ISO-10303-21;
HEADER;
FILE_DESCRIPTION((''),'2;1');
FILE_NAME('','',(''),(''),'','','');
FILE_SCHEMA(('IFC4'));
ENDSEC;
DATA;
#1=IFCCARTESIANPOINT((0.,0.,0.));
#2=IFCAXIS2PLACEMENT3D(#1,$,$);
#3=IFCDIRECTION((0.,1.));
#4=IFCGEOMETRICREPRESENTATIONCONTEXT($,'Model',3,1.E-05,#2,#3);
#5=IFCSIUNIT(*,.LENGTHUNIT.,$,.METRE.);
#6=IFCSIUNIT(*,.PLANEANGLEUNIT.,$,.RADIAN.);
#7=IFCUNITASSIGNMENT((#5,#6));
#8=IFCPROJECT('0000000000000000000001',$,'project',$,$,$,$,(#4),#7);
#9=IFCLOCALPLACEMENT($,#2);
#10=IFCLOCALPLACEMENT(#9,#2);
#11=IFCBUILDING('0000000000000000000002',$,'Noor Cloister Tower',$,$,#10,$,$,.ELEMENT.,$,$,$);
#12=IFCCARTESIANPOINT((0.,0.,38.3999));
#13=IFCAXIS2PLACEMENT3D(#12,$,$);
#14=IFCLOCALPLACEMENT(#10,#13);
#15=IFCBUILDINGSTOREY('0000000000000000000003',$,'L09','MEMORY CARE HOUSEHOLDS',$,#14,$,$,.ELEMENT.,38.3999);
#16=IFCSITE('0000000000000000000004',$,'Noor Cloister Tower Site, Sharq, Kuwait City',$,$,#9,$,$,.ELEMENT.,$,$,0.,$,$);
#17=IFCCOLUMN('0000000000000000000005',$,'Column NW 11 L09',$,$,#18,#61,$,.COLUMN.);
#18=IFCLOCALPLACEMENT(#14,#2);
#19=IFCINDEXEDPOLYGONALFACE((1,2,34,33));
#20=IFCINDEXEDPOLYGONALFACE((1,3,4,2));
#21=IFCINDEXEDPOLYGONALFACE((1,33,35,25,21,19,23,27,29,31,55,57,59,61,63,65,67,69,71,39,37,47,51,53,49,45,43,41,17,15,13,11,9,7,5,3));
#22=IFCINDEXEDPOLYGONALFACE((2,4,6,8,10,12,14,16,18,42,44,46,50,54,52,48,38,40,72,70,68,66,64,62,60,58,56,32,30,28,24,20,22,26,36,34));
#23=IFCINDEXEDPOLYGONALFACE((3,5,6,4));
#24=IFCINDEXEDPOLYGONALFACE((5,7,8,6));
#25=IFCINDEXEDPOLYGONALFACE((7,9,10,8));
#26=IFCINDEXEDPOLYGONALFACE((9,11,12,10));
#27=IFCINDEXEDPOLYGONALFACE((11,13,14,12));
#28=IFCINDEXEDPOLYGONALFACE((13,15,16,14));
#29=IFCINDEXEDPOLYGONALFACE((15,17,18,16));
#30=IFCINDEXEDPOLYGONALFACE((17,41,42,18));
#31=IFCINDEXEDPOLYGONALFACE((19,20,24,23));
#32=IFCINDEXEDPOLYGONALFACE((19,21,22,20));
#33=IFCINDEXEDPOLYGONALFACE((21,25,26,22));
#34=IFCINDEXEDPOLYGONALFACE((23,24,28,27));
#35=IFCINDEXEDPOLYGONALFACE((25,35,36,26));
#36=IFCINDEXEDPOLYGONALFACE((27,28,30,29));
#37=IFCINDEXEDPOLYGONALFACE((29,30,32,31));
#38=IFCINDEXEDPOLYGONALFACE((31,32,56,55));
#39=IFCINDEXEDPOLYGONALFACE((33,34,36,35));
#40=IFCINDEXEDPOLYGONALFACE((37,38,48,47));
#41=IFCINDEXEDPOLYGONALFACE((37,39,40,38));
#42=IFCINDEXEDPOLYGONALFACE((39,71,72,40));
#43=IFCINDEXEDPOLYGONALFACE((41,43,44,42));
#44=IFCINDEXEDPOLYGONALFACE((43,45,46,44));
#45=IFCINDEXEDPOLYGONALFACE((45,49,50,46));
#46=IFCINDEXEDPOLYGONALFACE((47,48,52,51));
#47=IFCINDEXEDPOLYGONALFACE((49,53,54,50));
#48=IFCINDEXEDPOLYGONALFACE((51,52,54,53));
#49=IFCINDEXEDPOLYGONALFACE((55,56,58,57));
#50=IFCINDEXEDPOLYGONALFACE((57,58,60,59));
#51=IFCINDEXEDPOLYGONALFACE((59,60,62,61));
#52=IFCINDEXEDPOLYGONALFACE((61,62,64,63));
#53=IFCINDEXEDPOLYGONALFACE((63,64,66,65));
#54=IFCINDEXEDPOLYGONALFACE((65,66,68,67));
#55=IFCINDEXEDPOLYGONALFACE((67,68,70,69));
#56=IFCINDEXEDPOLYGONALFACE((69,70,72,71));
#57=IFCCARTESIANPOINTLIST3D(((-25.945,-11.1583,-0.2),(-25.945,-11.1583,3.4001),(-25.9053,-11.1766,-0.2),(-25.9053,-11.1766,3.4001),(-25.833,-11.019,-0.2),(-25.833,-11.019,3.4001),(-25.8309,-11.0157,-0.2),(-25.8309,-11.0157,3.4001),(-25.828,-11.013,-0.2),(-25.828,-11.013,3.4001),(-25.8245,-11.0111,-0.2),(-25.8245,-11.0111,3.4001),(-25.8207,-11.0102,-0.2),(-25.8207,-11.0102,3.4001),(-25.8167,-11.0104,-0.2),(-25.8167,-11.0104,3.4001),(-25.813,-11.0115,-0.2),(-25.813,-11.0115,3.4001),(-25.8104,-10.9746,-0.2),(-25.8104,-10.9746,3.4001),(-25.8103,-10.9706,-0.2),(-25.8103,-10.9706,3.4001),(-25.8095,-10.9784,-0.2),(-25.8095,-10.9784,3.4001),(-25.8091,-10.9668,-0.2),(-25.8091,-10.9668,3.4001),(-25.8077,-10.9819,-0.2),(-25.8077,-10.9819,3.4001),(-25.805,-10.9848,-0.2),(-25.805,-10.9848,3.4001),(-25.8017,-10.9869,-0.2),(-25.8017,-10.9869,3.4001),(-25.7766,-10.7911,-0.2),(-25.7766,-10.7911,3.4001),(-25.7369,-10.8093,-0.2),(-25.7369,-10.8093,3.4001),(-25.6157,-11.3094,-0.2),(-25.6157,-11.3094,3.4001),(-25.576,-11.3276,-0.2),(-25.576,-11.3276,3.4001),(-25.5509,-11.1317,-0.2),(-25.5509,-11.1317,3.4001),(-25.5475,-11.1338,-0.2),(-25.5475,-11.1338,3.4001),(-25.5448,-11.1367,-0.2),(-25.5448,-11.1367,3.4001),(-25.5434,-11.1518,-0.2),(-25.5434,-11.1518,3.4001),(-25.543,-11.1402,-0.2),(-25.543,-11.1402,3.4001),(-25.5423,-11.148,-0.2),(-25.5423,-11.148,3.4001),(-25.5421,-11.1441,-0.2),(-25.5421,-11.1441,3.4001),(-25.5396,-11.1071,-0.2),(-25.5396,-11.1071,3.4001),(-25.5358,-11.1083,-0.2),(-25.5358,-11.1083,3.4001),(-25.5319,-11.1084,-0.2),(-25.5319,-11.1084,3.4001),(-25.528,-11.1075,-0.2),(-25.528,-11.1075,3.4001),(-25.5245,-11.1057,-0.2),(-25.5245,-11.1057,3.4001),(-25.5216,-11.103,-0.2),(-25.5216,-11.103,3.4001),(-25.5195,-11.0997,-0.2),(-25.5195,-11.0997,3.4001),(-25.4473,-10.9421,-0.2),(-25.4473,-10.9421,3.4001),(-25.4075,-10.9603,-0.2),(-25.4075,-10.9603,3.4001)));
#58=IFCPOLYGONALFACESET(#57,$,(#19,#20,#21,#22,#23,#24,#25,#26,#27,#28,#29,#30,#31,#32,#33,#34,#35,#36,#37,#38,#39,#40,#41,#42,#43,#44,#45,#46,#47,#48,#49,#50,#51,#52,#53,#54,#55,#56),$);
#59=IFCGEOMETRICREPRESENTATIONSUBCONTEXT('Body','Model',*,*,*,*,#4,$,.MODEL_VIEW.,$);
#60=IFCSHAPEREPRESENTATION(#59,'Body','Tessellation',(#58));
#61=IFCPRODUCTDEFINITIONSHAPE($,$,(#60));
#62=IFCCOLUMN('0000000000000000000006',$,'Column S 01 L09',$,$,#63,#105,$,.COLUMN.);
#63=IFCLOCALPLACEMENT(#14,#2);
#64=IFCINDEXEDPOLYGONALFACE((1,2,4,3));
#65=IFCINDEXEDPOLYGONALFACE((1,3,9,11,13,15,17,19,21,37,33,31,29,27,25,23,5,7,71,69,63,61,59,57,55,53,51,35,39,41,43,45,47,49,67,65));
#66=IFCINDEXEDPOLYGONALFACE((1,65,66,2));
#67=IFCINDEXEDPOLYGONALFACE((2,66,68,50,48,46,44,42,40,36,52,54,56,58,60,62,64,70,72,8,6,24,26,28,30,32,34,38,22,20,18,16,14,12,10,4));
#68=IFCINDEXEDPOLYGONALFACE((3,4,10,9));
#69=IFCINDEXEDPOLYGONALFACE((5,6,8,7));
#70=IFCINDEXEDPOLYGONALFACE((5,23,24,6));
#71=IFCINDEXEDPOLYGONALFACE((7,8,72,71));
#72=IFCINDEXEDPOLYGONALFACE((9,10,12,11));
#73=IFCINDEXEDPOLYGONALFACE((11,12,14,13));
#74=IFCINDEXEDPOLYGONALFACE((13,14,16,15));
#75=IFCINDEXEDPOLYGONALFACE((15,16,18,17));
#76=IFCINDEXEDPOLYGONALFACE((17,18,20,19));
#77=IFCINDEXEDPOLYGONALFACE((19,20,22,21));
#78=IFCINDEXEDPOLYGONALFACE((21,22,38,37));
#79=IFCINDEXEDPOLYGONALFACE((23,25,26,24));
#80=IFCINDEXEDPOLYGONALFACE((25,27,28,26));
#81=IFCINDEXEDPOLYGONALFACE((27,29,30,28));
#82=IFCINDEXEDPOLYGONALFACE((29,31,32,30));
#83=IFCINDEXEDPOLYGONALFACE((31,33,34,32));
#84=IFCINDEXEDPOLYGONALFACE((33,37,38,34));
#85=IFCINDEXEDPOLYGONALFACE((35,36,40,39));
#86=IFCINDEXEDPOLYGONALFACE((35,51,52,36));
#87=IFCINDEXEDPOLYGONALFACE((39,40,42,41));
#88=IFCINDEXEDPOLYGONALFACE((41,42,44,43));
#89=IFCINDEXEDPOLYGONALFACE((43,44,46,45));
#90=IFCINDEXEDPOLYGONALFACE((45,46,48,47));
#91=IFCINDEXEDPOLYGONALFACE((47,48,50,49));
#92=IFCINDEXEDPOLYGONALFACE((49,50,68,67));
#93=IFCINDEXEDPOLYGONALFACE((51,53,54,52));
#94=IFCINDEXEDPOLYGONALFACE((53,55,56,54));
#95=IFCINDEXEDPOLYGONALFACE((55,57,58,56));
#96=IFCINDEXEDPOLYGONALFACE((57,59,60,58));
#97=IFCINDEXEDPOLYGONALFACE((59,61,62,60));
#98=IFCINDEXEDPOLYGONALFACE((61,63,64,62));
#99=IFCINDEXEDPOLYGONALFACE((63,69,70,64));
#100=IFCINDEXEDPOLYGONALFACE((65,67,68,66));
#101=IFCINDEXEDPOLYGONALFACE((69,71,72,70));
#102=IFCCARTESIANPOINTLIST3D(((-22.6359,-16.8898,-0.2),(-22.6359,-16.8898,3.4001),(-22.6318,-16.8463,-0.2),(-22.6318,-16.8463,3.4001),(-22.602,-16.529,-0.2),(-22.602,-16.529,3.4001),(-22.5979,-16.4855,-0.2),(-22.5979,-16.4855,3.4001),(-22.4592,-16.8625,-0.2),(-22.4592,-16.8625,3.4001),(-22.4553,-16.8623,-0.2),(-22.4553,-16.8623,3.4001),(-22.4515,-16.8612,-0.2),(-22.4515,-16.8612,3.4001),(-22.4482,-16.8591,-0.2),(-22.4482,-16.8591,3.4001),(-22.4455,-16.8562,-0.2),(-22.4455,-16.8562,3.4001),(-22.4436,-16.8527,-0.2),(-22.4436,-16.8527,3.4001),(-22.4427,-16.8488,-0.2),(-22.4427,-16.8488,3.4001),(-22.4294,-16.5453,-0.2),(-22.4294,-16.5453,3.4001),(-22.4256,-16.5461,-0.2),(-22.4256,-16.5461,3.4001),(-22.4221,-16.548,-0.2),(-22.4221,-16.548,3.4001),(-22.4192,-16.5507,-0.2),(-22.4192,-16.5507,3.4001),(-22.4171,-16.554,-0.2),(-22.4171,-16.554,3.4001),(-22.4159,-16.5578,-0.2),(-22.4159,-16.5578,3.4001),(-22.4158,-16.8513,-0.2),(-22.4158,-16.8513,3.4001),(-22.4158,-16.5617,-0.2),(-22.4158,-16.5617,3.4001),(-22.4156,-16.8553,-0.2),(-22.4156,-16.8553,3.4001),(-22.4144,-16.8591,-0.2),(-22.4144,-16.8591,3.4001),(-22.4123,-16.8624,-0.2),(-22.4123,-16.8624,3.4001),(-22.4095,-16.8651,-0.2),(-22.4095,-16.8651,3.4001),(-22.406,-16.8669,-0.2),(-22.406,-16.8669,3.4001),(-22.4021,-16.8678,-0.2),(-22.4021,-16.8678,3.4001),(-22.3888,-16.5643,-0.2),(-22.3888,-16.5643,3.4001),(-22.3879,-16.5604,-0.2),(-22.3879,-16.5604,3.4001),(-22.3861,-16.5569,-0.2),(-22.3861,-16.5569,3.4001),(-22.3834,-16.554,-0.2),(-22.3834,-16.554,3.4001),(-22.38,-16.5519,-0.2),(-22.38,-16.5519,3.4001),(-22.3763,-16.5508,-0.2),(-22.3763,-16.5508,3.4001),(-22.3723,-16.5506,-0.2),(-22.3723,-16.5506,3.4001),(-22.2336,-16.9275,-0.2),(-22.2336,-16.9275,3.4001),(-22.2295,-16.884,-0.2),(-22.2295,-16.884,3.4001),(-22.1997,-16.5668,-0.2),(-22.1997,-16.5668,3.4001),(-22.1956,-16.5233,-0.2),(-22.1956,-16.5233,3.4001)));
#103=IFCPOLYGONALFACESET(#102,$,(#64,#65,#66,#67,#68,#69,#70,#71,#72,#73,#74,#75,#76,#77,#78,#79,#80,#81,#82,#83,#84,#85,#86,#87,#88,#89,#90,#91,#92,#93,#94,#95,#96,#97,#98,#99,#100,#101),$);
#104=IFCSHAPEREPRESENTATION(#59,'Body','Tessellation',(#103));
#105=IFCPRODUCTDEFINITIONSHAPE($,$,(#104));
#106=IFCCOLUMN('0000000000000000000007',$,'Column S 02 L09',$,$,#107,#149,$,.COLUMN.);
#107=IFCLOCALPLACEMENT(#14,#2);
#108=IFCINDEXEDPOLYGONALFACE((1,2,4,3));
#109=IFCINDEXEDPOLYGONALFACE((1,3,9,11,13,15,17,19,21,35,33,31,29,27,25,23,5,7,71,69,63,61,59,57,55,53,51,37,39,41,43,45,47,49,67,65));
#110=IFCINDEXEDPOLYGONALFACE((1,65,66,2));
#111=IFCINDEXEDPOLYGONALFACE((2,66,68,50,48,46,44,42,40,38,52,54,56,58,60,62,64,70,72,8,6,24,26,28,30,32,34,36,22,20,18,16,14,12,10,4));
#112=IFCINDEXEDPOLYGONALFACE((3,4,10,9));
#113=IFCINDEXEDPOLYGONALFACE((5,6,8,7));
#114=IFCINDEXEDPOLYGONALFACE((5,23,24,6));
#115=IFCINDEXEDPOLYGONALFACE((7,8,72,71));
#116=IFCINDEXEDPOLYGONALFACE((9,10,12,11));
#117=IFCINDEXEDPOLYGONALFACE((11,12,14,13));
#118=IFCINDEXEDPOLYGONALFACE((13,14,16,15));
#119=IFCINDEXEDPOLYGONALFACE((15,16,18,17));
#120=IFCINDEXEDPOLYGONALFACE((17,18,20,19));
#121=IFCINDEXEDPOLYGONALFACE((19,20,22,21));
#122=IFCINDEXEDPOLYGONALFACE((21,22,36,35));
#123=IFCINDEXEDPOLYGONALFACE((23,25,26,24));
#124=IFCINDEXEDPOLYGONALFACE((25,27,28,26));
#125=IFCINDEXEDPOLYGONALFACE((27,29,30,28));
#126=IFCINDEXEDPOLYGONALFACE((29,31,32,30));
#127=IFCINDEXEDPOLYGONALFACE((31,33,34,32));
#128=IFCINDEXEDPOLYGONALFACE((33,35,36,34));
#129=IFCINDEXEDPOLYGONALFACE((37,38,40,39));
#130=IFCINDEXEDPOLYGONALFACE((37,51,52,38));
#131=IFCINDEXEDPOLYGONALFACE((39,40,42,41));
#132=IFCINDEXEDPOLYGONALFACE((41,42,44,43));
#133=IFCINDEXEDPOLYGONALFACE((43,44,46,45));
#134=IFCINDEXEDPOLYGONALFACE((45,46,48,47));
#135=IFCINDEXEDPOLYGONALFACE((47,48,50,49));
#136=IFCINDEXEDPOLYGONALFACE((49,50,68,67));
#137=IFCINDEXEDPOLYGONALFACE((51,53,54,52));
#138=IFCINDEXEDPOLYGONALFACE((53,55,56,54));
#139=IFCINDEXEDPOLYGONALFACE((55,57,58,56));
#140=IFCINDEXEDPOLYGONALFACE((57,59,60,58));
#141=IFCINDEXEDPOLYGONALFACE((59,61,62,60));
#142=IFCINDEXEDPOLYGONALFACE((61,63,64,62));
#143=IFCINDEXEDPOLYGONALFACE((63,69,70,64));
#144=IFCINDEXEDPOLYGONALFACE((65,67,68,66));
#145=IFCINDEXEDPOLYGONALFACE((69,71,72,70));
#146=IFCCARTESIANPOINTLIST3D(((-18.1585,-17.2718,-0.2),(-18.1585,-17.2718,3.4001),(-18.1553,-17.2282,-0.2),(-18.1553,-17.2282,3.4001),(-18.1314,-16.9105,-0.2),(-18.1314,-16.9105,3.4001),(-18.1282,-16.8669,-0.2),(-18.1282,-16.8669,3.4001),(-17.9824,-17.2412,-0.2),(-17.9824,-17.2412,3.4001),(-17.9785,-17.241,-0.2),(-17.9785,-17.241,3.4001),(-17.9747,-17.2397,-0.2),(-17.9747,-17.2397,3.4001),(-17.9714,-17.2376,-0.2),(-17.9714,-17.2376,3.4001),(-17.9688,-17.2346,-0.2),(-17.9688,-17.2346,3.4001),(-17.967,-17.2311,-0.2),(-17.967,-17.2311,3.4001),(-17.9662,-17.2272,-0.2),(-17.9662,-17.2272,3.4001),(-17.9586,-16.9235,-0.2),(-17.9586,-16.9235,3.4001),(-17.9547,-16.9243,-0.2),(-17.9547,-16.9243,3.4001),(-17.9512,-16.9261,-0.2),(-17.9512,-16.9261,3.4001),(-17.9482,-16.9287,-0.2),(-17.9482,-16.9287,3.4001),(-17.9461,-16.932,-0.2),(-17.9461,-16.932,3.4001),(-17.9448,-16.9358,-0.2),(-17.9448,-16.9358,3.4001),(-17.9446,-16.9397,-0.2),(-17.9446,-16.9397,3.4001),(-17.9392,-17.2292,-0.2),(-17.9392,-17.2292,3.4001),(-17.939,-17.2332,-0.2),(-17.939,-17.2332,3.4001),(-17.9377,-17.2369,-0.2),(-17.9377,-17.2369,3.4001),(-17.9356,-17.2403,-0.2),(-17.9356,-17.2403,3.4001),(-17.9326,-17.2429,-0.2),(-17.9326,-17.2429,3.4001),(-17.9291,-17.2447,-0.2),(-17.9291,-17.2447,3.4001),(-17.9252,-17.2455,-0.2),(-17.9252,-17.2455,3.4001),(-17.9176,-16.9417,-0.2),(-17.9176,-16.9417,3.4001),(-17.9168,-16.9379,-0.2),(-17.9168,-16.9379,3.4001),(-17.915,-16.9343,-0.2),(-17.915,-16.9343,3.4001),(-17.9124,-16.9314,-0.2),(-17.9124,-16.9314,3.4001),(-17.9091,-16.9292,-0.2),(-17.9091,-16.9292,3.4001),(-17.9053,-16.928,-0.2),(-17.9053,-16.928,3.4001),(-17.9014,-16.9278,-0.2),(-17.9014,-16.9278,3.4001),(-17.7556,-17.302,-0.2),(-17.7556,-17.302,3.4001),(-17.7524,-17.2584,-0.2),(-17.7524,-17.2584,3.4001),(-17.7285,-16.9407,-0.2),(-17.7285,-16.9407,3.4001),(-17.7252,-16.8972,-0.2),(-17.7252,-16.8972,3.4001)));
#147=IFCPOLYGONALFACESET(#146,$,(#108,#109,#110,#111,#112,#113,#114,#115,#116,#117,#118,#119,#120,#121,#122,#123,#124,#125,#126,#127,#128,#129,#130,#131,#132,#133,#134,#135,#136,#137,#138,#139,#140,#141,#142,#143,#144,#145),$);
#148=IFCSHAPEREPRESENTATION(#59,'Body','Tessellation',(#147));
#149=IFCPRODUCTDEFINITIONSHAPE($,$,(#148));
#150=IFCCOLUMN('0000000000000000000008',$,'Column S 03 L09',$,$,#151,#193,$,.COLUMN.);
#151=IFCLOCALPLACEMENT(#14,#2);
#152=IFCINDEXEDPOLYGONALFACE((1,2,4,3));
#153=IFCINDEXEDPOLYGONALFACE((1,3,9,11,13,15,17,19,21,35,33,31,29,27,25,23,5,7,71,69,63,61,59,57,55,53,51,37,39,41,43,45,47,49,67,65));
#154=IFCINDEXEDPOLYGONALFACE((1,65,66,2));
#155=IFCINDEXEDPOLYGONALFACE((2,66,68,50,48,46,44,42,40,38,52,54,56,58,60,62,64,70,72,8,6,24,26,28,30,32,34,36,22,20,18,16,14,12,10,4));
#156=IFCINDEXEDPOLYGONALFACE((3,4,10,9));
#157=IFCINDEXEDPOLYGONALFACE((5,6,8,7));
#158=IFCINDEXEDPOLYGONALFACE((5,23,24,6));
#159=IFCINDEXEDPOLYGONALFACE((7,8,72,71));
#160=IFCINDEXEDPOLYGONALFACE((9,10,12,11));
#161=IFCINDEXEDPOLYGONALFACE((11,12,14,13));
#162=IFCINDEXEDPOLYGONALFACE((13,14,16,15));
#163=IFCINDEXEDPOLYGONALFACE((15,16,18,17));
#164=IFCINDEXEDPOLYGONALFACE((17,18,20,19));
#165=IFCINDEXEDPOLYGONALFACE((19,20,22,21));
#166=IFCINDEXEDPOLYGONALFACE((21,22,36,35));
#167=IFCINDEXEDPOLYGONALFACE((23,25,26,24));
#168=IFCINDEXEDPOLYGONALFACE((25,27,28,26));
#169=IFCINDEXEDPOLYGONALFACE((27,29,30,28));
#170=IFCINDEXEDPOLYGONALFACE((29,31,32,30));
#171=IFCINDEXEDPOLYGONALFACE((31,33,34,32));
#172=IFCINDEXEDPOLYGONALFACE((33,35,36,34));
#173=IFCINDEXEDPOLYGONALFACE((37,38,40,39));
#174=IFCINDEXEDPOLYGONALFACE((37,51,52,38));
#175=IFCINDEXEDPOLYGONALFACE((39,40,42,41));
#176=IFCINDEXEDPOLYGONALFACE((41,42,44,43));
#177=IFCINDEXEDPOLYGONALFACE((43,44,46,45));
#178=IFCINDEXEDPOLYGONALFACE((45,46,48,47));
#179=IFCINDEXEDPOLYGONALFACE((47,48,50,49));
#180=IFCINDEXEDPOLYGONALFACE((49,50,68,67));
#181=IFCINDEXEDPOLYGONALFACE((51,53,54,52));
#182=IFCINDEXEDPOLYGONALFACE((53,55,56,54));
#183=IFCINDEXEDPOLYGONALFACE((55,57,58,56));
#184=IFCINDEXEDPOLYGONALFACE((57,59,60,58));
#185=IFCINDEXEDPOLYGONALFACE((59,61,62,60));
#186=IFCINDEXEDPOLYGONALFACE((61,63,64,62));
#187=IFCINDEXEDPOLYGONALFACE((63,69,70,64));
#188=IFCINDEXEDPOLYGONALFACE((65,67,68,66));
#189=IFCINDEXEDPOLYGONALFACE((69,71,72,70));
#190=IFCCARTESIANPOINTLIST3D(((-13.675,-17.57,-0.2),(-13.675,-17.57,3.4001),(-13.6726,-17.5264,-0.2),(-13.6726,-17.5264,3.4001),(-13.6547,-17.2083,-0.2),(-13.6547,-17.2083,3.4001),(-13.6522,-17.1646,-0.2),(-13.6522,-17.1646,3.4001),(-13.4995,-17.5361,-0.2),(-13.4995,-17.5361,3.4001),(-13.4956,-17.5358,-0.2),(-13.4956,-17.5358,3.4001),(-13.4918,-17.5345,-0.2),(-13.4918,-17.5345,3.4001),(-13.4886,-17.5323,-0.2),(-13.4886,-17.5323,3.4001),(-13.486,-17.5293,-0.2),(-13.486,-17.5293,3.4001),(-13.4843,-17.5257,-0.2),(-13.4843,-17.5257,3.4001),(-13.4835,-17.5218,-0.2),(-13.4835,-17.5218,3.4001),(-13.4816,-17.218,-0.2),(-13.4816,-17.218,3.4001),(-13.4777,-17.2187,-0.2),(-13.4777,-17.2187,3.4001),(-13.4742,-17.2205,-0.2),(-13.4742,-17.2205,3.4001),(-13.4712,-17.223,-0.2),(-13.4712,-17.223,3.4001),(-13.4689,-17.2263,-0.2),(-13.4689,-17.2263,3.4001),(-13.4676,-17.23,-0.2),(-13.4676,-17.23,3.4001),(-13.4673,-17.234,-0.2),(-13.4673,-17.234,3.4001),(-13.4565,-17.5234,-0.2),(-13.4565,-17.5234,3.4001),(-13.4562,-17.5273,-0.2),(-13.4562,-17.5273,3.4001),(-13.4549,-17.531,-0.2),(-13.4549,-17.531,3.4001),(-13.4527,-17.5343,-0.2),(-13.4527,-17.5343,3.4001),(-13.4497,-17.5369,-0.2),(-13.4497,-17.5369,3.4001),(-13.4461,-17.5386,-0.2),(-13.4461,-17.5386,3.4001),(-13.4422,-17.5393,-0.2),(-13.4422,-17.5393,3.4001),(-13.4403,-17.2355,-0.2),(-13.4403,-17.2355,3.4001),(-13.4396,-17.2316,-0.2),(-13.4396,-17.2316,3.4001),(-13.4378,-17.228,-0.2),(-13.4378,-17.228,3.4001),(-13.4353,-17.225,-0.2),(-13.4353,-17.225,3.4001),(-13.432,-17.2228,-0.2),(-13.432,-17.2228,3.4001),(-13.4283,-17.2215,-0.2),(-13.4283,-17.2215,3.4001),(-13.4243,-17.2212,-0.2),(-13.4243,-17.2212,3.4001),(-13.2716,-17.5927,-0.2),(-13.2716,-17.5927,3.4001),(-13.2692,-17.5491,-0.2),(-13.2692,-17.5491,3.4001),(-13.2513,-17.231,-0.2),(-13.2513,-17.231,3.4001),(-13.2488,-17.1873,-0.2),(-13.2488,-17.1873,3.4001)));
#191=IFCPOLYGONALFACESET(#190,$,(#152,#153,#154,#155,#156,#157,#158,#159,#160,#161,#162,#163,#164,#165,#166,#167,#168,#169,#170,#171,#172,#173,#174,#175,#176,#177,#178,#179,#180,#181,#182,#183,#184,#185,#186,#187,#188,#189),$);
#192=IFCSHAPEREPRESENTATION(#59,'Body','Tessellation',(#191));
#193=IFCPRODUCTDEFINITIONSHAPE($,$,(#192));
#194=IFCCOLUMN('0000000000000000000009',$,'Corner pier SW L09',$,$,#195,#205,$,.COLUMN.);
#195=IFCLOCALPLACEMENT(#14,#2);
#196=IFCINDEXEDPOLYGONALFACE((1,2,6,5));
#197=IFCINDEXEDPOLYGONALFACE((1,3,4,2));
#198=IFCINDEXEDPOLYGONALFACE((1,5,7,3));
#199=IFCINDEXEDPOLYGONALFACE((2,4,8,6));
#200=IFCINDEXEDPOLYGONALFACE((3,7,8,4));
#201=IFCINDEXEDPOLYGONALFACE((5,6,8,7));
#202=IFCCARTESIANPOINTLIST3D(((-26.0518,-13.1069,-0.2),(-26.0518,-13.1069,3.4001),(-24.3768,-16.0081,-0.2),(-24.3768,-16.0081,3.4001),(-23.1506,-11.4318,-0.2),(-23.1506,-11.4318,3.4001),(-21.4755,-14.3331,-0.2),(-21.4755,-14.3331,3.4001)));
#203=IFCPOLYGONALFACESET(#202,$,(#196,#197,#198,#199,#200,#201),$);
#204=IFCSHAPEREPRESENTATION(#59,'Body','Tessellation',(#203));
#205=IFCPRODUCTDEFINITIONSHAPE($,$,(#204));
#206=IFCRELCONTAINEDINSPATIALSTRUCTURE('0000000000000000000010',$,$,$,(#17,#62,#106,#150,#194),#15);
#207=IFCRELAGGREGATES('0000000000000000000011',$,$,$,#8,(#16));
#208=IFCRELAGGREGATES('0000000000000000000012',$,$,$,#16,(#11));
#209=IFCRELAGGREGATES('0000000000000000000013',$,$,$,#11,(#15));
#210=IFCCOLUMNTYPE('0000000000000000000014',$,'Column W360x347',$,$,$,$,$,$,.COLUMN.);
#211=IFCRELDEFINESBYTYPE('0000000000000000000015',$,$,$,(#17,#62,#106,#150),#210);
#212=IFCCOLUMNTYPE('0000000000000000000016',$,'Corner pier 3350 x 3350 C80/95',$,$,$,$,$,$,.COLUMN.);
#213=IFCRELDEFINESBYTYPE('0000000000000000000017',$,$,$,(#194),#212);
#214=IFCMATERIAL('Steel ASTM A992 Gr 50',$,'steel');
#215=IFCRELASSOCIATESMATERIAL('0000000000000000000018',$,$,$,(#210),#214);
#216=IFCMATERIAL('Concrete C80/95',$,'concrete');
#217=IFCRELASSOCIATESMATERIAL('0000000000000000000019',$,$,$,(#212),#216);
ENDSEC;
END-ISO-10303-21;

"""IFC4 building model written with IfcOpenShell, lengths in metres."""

from ifc_helpers import new_model, si_unit, direction, frame, origin, origin_2d, place, context, subcontext, project, spatial, rectangle, i_section, extrude, material, material_profile, profile_set, type_object, element, save


model = new_model("IFC4")

# Units and contexts
model_context = context("Model", 3, precision=1e-05, world=origin(), true_north=direction((0.0, 1.0)))
body_context = subcontext(model_context, "Body", "Model", "MODEL_VIEW")
ifc_project = project(units=[si_unit("LENGTHUNIT", "METRE"), si_unit("PLANEANGLEUNIT", "RADIAN")], contexts=[model_context])

# Site, building, storey
site_placement = place(None, origin())
site = spatial("IfcSite", under=ifc_project, at=site_placement, Name="Noor Cloister Tower Site, Sharq, Kuwait City", CompositionType="ELEMENT", RefElevation=0.0)
building_placement = place(site_placement, origin())
building = spatial("IfcBuilding", under=site, at=building_placement, Name="Noor Cloister Tower", CompositionType="ELEMENT")
storey_placement = place(building_placement, frame((0.0, 0.0, 38.3999)))
storey = spatial("IfcBuildingStorey", under=building, at=storey_placement, Name="L09", Description="MEMORY CARE HOUSEHOLDS", CompositionType="ELEMENT", Elevation=38.3999)

# Columns
ifc_material_1 = material(Name="Steel ASTM A992 Gr 50", Category="steel")
ifc_material_profile_1 = material_profile(ifc_material_1, i_section(OverallWidth=0.4041, OverallDepth=0.406, WebThickness=0.0271, FlangeThickness=0.0437, FilletRadius=0.0151, at=origin_2d()), Name="W360x347")
ifc_profile_set_1 = profile_set([ifc_material_profile_1], Name="Steel ASTM A992 Gr 50")
column_type_1 = type_object("IfcColumnType", Name="Column W360x347", PredefinedType="COLUMN", material=ifc_profile_set_1)
for number, where, z_axis, x_axis, name in (
    (1, (-25.6763, -11.0593, -0.2), (0.0, 0.0, 1.0), (-0.416836, -0.908982, 0.0), "Column NW 11 L09"),
    (2, (-22.4158, -16.7065, -0.2), (0.0, 0.0, 1.0), (0.995619, -0.0935, 0.0), "Column S 01 L09"),
    (3, (-17.9419, -17.0845, -0.2), (0.0, 0.0, 1.0), (0.997196, -0.07484, 0.0), "Column S 02 L09"),
    (4, (-13.4619, -17.3787, -0.2), (0.0, 0.0, 1.0), (0.998422, -0.056153, 0.0), "Column S 03 L09"),
):
    element("IfcColumn", number, at=place(storey_placement, frame(where, z_axis=z_axis, x_axis=x_axis)), inside=storey, type_object=column_type_1, Name=name, PredefinedType="COLUMN", context=body_context, shape_type="SweptSolid", body=[
        extrude(i_section(OverallWidth=0.4041, OverallDepth=0.406, WebThickness=0.0271, FlangeThickness=0.0437, FilletRadius=0.0151, at=origin_2d()), origin(), (0.0, 0.0, 1.0), 3.6001),
    ])
ifc_material_2 = material(Name="Concrete C80/95", Category="concrete")
ifc_material_profile_2 = material_profile(ifc_material_2, rectangle(XDim=3.3501, YDim=3.3501, at=origin_2d()), Name="RC 3350x3350")
ifc_profile_set_2 = profile_set([ifc_material_profile_2], Name="Concrete C80/95")
column_type_2 = type_object("IfcColumnType", Name="Corner pier 3350 x 3350 C80/95", PredefinedType="COLUMN", material=ifc_profile_set_2)
column_placement = place(storey_placement, frame((-23.7637, -13.72, -0.2), z_axis=(0.0, 0.0, 1.0), x_axis=(-0.866025, -0.5, 0.0)))
element("IfcColumn", 5, at=column_placement, inside=storey, type_object=column_type_2, Name="Corner pier SW L09", PredefinedType="COLUMN", context=body_context, shape_type="SweptSolid", body=[
    extrude(rectangle(XDim=3.3501, YDim=3.3501, at=origin_2d()), origin(), (0.0, 0.0, 1.0), 3.6001),
])

save(model, "model.ifc")
